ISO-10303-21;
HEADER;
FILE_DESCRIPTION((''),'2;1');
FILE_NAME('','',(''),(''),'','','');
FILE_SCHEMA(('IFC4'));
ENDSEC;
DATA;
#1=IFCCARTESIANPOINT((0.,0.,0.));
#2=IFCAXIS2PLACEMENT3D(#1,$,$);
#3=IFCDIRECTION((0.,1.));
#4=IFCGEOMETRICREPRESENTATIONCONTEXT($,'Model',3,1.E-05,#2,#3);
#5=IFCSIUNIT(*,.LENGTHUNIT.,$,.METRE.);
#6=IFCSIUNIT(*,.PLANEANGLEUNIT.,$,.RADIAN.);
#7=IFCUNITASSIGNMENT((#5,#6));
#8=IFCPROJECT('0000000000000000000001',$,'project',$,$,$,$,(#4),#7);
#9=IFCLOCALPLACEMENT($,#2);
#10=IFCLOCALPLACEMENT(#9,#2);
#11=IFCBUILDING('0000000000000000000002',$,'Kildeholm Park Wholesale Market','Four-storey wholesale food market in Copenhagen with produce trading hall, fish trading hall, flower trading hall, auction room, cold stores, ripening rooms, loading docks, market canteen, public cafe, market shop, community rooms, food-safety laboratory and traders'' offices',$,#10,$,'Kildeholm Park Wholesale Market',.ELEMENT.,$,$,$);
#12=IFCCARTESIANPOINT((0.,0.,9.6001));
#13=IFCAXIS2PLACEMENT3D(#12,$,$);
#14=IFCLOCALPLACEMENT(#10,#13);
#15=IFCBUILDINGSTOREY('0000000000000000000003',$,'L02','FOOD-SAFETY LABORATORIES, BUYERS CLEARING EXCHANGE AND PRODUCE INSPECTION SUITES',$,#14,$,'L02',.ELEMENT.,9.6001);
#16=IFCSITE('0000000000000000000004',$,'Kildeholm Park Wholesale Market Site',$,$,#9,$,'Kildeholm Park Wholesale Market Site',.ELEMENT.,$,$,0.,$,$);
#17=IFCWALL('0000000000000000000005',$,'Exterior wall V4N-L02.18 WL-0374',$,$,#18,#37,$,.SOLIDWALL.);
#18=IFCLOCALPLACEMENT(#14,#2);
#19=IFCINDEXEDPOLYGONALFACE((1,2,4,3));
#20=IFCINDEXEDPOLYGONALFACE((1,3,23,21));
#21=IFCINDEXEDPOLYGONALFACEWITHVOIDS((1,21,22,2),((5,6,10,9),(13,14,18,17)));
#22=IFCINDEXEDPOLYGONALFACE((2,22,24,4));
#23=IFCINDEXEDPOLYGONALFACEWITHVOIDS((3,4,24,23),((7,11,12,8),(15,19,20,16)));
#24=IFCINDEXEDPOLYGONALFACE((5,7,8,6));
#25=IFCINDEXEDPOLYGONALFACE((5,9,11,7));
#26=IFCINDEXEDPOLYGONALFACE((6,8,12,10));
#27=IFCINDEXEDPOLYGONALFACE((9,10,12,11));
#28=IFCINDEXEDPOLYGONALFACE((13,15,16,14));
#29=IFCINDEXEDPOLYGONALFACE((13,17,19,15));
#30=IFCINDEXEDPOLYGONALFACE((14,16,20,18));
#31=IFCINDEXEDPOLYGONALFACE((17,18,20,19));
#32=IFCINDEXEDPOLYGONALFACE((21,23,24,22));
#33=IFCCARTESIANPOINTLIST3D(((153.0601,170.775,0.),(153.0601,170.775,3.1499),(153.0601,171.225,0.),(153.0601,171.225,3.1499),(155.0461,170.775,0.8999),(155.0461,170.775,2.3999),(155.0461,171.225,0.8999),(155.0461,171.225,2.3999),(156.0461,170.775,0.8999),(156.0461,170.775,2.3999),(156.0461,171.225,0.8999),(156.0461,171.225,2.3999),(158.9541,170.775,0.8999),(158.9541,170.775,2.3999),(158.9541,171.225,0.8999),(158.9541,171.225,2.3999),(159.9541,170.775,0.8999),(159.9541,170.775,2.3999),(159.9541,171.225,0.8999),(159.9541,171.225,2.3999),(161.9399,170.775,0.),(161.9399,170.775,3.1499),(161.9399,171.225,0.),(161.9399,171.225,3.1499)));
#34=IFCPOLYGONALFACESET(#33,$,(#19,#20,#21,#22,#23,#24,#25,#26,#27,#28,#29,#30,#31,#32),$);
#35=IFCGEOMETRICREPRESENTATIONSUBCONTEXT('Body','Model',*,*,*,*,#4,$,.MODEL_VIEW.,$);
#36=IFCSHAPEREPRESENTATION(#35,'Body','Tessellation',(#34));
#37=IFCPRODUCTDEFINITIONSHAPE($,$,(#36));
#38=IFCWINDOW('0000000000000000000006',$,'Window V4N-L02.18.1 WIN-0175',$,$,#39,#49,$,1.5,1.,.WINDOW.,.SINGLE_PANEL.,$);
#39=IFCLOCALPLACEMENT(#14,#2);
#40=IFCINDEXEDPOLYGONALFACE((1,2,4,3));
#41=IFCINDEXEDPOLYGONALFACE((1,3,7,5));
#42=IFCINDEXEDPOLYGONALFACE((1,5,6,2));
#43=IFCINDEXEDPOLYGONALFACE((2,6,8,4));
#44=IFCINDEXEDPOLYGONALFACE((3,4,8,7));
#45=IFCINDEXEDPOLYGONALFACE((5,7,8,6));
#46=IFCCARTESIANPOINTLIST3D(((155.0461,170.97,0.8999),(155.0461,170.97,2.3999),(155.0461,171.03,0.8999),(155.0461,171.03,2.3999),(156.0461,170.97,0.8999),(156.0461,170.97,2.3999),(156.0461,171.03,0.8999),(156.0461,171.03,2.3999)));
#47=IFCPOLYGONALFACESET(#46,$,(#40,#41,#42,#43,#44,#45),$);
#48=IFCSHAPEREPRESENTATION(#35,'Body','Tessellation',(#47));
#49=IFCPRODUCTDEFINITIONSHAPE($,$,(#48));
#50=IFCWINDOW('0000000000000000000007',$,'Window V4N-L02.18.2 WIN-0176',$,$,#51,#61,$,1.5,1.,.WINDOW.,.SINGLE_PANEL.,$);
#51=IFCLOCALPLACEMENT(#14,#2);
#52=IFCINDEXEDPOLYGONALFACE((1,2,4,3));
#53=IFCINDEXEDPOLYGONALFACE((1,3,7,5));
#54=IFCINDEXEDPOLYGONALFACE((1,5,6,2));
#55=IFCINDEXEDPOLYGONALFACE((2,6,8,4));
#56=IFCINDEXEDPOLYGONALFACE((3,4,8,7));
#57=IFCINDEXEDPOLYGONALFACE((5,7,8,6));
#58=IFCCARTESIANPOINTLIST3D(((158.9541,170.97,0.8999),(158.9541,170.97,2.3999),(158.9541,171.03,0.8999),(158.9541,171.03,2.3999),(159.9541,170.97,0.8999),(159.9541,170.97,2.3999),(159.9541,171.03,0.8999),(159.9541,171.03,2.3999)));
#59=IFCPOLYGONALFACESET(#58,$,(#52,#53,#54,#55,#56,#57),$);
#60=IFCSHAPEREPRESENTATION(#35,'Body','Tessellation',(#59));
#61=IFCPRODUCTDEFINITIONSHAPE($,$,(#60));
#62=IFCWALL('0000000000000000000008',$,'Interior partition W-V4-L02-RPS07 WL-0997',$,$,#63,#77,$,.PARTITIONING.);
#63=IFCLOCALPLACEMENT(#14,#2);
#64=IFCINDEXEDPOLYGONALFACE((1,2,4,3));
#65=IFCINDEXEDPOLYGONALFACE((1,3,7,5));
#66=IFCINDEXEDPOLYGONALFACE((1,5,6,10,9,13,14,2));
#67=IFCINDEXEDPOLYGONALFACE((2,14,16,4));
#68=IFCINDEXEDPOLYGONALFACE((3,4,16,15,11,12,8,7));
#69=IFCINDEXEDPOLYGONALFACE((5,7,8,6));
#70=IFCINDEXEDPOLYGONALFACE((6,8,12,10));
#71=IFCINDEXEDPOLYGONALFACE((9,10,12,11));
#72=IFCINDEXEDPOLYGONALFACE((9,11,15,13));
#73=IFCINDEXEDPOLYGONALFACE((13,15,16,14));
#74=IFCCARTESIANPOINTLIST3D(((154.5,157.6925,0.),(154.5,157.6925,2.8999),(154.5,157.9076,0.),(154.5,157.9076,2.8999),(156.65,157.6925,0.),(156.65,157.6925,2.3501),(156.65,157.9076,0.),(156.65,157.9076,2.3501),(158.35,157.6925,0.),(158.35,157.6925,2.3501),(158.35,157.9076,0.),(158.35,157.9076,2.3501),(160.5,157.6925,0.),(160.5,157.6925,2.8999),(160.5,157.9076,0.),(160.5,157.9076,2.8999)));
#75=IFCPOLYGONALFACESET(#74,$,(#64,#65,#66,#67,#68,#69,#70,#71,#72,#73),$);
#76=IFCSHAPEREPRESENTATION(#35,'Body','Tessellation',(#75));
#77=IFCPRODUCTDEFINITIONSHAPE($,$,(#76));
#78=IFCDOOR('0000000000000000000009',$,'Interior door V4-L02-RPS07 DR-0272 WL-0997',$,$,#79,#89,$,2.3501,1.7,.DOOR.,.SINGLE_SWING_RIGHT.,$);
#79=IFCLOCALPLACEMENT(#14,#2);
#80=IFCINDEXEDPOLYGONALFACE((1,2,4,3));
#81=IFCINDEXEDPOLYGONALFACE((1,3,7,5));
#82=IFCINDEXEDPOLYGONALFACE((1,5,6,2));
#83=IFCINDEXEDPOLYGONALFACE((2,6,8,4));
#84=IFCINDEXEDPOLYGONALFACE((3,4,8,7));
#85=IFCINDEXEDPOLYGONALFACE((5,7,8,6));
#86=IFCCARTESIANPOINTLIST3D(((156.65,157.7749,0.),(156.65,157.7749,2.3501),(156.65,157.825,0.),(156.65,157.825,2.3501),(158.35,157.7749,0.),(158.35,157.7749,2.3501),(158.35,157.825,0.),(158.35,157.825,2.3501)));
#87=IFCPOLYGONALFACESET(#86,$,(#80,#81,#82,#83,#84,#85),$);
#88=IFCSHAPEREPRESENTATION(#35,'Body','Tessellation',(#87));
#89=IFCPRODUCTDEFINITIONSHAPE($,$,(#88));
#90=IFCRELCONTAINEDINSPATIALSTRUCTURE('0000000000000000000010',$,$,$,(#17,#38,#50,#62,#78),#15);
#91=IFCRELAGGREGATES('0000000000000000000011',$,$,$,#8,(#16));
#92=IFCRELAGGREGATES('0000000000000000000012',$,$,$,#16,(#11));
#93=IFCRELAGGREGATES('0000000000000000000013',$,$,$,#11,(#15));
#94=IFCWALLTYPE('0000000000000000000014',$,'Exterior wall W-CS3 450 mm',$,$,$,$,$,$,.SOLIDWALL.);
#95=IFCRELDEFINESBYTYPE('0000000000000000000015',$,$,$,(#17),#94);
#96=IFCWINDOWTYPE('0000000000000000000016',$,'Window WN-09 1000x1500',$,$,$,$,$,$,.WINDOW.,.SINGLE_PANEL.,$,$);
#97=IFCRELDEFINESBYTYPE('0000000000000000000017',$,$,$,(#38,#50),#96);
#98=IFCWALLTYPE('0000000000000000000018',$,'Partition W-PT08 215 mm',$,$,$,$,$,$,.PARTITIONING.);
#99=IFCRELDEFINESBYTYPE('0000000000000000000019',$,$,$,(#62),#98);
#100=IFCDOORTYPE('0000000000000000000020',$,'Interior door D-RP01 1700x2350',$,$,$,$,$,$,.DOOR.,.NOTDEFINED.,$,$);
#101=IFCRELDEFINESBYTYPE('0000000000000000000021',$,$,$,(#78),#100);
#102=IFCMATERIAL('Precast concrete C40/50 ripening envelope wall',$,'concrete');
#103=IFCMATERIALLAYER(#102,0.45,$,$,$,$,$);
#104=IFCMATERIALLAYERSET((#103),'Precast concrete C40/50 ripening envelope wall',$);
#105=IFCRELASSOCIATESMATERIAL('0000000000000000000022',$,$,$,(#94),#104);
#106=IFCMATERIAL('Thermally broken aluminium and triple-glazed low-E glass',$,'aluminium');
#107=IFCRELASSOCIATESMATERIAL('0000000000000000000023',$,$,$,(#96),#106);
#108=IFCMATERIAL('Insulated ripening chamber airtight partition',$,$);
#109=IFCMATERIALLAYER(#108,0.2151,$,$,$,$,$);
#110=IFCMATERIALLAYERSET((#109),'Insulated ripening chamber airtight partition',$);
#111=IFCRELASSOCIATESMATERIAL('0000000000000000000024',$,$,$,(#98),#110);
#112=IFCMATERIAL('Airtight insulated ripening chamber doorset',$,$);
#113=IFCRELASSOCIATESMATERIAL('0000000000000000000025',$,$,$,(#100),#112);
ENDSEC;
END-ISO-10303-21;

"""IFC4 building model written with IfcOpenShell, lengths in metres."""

from ifc_helpers import new_model, si_unit, direction, frame, frame_2d, origin, place, context, subcontext, project, spatial, rectangle, extrude, material, layer, layer_set, type_object, element, fill, save


model = new_model("IFC4")

# Units and contexts
model_context = context("Model", 3, precision=1e-05, world=origin(), true_north=direction((0.0, 1.0)))
body_context = subcontext(model_context, "Body", "Model", "MODEL_VIEW")
ifc_project = project(units=[si_unit("LENGTHUNIT", "METRE"), si_unit("PLANEANGLEUNIT", "RADIAN")], contexts=[model_context])

# Site, building, storey
site_placement = place(None, origin())
site = spatial("IfcSite", under=ifc_project, at=site_placement, Name="Kildeholm Park Wholesale Market Site", LongName="Kildeholm Park Wholesale Market Site", CompositionType="ELEMENT", RefElevation=0.0)
building_placement = place(site_placement, origin())
building = spatial("IfcBuilding", under=site, at=building_placement, Name="Kildeholm Park Wholesale Market", Description="Four-storey wholesale food market in Copenhagen with produce trading hall, fish trading hall, flower trading hall, auction room, cold stores, ripening rooms, loading docks, market canteen, public cafe, market shop, community rooms, food-safety laboratory and traders' offices", LongName="Kildeholm Park Wholesale Market", CompositionType="ELEMENT")
storey_placement = place(building_placement, frame((0.0, 0.0, 9.6001)))
storey = spatial("IfcBuildingStorey", under=building, at=storey_placement, Name="L02", Description="FOOD-SAFETY LABORATORIES, BUYERS CLEARING EXCHANGE AND PRODUCE INSPECTION SUITES", LongName="L02", CompositionType="ELEMENT", Elevation=9.6001)

# Wall, openings, windows
ifc_material_1 = material(Name="Precast concrete C40/50 ripening envelope wall", Category="concrete")
ifc_layer_1 = layer(ifc_material_1, 0.45)
ifc_layer_set_1 = layer_set([ifc_layer_1], Name="Precast concrete C40/50 ripening envelope wall")
wall_type_1 = type_object("IfcWallType", Name="Exterior wall W-CS3 450 mm", PredefinedType="SOLIDWALL", material=ifc_layer_set_1)
wall_1_placement = place(storey_placement, frame((153.0601, 171.0, 0.0), z_axis=(0.0, 0.0, 1.0), x_axis=(1.0, 0.0, 0.0)))
wall_1 = element("IfcWall", 1, at=wall_1_placement, inside=storey, type_object=wall_type_1, Name="Exterior wall V4N-L02.18 WL-0374", PredefinedType="SOLIDWALL", context=body_context, shape_type="SweptSolid", body=[
    extrude(rectangle(XDim=8.8799, YDim=0.45, at=frame_2d((4.4399, 0.0))), origin(), (0.0, 0.0, 1.0), 3.1499),
])
opening_1_placement = place(wall_1_placement, frame((1.9861, 0.0, 0.8999)))
opening_1 = element("IfcOpeningElement", 2, at=opening_1_placement, cuts=wall_1, PredefinedType="OPENING", context=body_context, shape_type="SweptSolid", body=[
    extrude(rectangle(XDim=1.0, YDim=1.5, at=frame_2d((0.5, 0.75))), frame((0.0, 0.2349, 0.0), z_axis=(0.0, -1.0, 0.0), x_axis=(1.0, 0.0, 0.0)), (0.0, 0.0, 1.0), 0.47),
])
opening_2_placement = place(wall_1_placement, frame((5.894, 0.0, 0.8999)))
opening_2 = element("IfcOpeningElement", 3, at=opening_2_placement, cuts=wall_1, PredefinedType="OPENING", context=body_context, shape_type="SweptSolid", body=[
    extrude(rectangle(XDim=1.0, YDim=1.5, at=frame_2d((0.5, 0.75))), frame((0.0, 0.2349, 0.0), z_axis=(0.0, -1.0, 0.0), x_axis=(1.0, 0.0, 0.0)), (0.0, 0.0, 1.0), 0.47),
])
ifc_material_2 = material(Name="Thermally broken aluminium and triple-glazed low-E glass", Category="aluminium")
window_type = type_object("IfcWindowType", Name="Window WN-09 1000x1500", PartitioningType="SINGLE_PANEL", PredefinedType="WINDOW", material=ifc_material_2)
window_1_placement = place(opening_1_placement, origin())
window_1 = element("IfcWindow", 4, at=window_1_placement, inside=storey, type_object=window_type, Name="Window V4N-L02.18.1 WIN-0175", OverallHeight=1.5, OverallWidth=1.0, PartitioningType="SINGLE_PANEL", PredefinedType="WINDOW", context=body_context, shape_type="SweptSolid", body=[
    extrude(rectangle(XDim=1.0, YDim=1.5, at=frame_2d((0.5, 0.75))), frame((0.0, 0.03, 0.0), z_axis=(0.0, -1.0, 0.0), x_axis=(1.0, 0.0, 0.0)), (0.0, 0.0, 1.0), 0.0601),
])
fill(opening_1, window_1)
window_2_placement = place(opening_2_placement, origin())
window_2 = element("IfcWindow", 5, at=window_2_placement, inside=storey, type_object=window_type, Name="Window V4N-L02.18.2 WIN-0176", OverallHeight=1.5, OverallWidth=1.0, PartitioningType="SINGLE_PANEL", PredefinedType="WINDOW", context=body_context, shape_type="SweptSolid", body=[
    extrude(rectangle(XDim=1.0, YDim=1.5, at=frame_2d((0.5, 0.75))), frame((0.0, 0.03, 0.0), z_axis=(0.0, -1.0, 0.0), x_axis=(1.0, 0.0, 0.0)), (0.0, 0.0, 1.0), 0.0601),
])
fill(opening_2, window_2)

# Wall, opening, door
ifc_material_3 = material(Name="Insulated ripening chamber airtight partition")
ifc_layer_2 = layer(ifc_material_3, 0.2151)
ifc_layer_set_2 = layer_set([ifc_layer_2], Name="Insulated ripening chamber airtight partition")
wall_type_2 = type_object("IfcWallType", Name="Partition W-PT08 215 mm", PredefinedType="PARTITIONING", material=ifc_layer_set_2)
wall_2_placement = place(storey_placement, frame((154.5, 157.8, 0.0), z_axis=(0.0, 0.0, 1.0), x_axis=(1.0, 0.0, 0.0)))
wall_2 = element("IfcWall", 6, at=wall_2_placement, inside=storey, type_object=wall_type_2, Name="Interior partition W-V4-L02-RPS07 WL-0997", PredefinedType="PARTITIONING", context=body_context, shape_type="SweptSolid", body=[
    extrude(rectangle(XDim=6.0, YDim=0.2151, at=frame_2d((3.0, 0.0))), origin(), (0.0, 0.0, 1.0), 2.8999),
])
opening_3_placement = place(wall_2_placement, frame((2.1499, 0.0, 0.0)))
opening_3 = element("IfcOpeningElement", 7, at=opening_3_placement, cuts=wall_2, PredefinedType="OPENING", context=body_context, shape_type="SweptSolid", body=[
    extrude(rectangle(XDim=1.7, YDim=2.3501, at=frame_2d((0.8501, 1.175))), frame((0.0, 0.1174, 0.0), z_axis=(0.0, -1.0, 0.0), x_axis=(1.0, 0.0, 0.0)), (0.0, 0.0, 1.0), 0.2351),
])
ifc_material_4 = material(Name="Airtight insulated ripening chamber doorset")
door_type_1 = type_object("IfcDoorType", Name="Interior door D-RP01 1700x2350", OperationType="NOTDEFINED", PredefinedType="DOOR", material=ifc_material_4)
door_1_placement = place(opening_3_placement, origin())
door_1 = element("IfcDoor", 8, at=door_1_placement, inside=storey, type_object=door_type_1, Name="Interior door V4-L02-RPS07 DR-0272 WL-0997", OperationType="SINGLE_SWING_RIGHT", OverallHeight=2.3501, OverallWidth=1.7, PredefinedType="DOOR", context=body_context, shape_type="SweptSolid", body=[
    extrude(rectangle(XDim=1.7, YDim=2.3501, at=frame_2d((0.8501, 1.175))), frame((0.0, 0.0249, 0.0), z_axis=(0.0, -1.0, 0.0), x_axis=(1.0, 0.0, 0.0)), (0.0, 0.0, 1.0), 0.05),
])
fill(opening_3, door_1)

save(model, "model.ifc")
